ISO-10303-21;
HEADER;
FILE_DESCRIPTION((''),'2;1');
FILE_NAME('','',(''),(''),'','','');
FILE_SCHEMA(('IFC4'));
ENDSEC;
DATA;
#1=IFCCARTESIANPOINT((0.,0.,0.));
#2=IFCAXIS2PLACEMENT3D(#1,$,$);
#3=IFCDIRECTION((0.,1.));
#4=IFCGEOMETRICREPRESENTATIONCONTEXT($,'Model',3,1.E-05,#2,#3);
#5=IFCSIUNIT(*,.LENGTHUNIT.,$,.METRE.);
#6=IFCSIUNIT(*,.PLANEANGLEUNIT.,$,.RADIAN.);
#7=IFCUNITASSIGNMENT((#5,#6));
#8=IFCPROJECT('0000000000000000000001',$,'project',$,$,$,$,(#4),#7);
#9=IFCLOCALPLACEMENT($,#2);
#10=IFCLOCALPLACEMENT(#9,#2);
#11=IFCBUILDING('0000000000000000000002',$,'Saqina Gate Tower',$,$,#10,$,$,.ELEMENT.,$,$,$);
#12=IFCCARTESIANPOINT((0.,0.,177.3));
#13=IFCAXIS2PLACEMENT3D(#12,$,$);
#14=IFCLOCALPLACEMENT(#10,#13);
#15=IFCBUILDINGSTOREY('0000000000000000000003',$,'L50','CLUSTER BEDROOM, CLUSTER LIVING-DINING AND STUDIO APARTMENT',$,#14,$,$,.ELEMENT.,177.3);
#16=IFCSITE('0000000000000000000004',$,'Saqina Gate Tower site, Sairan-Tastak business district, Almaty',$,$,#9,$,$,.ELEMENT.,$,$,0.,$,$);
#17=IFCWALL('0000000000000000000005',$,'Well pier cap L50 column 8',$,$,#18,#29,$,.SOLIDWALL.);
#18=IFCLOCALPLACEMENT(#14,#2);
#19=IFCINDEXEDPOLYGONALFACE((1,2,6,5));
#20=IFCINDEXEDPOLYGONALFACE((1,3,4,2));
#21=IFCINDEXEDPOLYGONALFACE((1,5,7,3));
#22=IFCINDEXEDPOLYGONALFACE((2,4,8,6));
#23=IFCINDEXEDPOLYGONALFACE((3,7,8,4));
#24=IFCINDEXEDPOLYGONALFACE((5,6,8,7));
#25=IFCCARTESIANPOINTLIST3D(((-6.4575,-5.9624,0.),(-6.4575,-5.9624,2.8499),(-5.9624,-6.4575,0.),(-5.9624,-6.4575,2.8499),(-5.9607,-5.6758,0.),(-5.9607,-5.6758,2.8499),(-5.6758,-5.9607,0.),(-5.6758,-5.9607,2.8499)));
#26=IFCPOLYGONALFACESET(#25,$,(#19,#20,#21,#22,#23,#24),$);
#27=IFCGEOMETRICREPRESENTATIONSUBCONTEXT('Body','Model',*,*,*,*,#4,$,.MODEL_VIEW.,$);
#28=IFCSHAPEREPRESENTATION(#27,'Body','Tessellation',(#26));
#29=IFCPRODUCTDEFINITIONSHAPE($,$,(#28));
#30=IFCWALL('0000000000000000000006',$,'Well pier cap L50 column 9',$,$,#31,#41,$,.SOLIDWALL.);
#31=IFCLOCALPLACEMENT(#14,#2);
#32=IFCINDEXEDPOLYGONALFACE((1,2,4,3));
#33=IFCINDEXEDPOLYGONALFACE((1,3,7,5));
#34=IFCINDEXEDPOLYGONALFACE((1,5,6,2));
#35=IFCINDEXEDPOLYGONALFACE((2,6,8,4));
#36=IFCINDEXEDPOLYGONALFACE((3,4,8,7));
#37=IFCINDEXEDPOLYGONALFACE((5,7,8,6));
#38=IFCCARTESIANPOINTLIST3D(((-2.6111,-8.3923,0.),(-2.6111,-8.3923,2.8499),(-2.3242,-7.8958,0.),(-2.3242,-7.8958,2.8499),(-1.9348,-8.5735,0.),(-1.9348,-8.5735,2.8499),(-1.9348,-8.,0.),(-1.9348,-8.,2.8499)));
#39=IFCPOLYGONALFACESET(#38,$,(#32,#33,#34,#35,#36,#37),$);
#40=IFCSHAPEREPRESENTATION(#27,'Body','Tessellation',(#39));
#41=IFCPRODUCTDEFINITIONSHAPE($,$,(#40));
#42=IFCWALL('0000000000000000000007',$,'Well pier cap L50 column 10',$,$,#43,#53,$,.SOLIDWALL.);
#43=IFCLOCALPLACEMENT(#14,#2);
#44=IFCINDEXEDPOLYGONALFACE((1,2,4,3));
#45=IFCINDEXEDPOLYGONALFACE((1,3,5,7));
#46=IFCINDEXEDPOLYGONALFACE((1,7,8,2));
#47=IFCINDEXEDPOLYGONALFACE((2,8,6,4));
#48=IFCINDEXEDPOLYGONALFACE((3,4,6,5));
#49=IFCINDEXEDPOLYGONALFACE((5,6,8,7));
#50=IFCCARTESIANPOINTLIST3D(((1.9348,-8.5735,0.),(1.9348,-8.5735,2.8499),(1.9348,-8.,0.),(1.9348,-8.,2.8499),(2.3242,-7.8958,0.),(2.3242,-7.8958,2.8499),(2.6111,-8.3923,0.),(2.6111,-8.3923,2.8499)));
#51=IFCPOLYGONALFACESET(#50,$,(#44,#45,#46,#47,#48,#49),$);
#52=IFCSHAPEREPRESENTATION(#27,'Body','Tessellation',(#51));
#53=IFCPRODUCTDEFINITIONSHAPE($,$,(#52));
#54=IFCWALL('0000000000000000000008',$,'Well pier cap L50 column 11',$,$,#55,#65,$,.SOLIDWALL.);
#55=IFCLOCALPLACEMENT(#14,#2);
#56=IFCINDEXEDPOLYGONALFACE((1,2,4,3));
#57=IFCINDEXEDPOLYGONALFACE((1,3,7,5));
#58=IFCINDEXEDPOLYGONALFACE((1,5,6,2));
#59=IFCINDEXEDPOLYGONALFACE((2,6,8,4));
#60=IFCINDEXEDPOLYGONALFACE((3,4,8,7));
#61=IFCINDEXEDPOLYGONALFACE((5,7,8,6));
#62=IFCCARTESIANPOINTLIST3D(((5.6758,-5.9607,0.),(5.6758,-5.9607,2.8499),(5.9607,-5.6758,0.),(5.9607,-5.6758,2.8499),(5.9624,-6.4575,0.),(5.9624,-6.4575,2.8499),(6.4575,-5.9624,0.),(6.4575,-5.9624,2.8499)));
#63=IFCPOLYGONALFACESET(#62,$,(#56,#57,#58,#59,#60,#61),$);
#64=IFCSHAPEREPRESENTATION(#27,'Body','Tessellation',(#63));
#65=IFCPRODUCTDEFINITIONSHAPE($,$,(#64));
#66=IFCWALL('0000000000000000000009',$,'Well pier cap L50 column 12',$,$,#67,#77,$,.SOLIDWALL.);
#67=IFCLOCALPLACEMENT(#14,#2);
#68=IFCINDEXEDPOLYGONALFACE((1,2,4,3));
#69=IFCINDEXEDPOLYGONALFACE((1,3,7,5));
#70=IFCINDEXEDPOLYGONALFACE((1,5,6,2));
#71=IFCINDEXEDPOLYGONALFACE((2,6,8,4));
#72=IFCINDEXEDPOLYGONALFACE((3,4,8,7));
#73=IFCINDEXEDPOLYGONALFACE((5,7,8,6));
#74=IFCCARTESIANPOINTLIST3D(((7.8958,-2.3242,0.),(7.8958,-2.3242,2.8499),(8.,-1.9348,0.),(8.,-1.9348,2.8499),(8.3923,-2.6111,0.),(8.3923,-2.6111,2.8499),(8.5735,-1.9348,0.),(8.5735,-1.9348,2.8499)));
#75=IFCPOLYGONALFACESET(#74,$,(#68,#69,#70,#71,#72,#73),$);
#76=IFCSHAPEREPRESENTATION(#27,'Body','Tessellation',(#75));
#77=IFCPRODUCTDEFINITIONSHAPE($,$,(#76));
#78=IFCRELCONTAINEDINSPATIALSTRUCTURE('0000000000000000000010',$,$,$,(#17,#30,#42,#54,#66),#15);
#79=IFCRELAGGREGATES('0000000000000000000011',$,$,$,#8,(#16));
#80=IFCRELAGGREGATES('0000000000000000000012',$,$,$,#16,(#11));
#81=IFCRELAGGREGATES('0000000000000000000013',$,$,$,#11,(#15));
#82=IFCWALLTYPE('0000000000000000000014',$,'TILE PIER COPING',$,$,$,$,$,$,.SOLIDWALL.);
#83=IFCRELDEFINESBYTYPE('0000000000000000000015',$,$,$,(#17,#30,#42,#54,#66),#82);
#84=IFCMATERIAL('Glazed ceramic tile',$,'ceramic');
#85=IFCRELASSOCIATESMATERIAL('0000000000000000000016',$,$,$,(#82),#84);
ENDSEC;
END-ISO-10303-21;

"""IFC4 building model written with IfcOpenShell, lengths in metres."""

from ifc_helpers import new_model, si_unit, direction, frame, origin, place, context, subcontext, project, spatial, polyline, outline, extrude, material, type_object, element, save


model = new_model("IFC4")

# Units and contexts
model_context = context("Model", 3, precision=1e-05, world=origin(), true_north=direction((0.0, 1.0)))
body_context = subcontext(model_context, "Body", "Model", "MODEL_VIEW")
ifc_project = project(units=[si_unit("LENGTHUNIT", "METRE"), si_unit("PLANEANGLEUNIT", "RADIAN")], contexts=[model_context])

# Site, building, storey
site_placement = place(None, origin())
site = spatial("IfcSite", under=ifc_project, at=site_placement, Name="Saqina Gate Tower site, Sairan-Tastak business district, Almaty", CompositionType="ELEMENT", RefElevation=0.0)
building_placement = place(site_placement, origin())
building = spatial("IfcBuilding", under=site, at=building_placement, Name="Saqina Gate Tower", CompositionType="ELEMENT")
storey_placement = place(building_placement, frame((0.0, 0.0, 177.3)))
storey = spatial("IfcBuildingStorey", under=building, at=storey_placement, Name="L50", Description="CLUSTER BEDROOM, CLUSTER LIVING-DINING AND STUDIO APARTMENT", CompositionType="ELEMENT", Elevation=177.3)

# Walls
ifc_material_1 = material(Name="Glazed ceramic tile", Category="ceramic")
wall_type_1 = type_object("IfcWallType", Name="TILE PIER COPING", PredefinedType="SOLIDWALL", material=ifc_material_1)
wall_1_placement = place(storey_placement, origin())
element("IfcWall", 1, at=wall_1_placement, inside=storey, type_object=wall_type_1, Name="Well pier cap L50 column 8", PredefinedType="SOLIDWALL", context=body_context, shape_type="SweptSolid", body=[
    extrude(outline(polyline([(-6.4575, -5.9624), (-5.9624, -6.4575), (-5.6758, -5.9607), (-5.9607, -5.6758), (-6.4575, -5.9624)])), origin(), (0.0, 0.0, 1.0), 2.8499),
])
wall_2_placement = place(storey_placement, origin())
element("IfcWall", 2, at=wall_2_placement, inside=storey, type_object=wall_type_1, Name="Well pier cap L50 column 9", PredefinedType="SOLIDWALL", context=body_context, shape_type="SweptSolid", body=[
    extrude(outline(polyline([(-1.9348, -8.5735), (-1.9348, -8.0), (-2.3242, -7.8958), (-2.6111, -8.3923), (-1.9348, -8.5735)])), origin(), (0.0, 0.0, 1.0), 2.8499),
])
wall_3_placement = place(storey_placement, origin())
element("IfcWall", 3, at=wall_3_placement, inside=storey, type_object=wall_type_1, Name="Well pier cap L50 column 10", PredefinedType="SOLIDWALL", context=body_context, shape_type="SweptSolid", body=[
    extrude(outline(polyline([(2.6111, -8.3923), (2.3242, -7.8958), (1.9348, -8.0), (1.9348, -8.5735), (2.6111, -8.3923)])), origin(), (0.0, 0.0, 1.0), 2.8499),
])
wall_4_placement = place(storey_placement, origin())
element("IfcWall", 4, at=wall_4_placement, inside=storey, type_object=wall_type_1, Name="Well pier cap L50 column 11", PredefinedType="SOLIDWALL", context=body_context, shape_type="SweptSolid", body=[
    extrude(outline(polyline([(5.9624, -6.4575), (6.4575, -5.9624), (5.9607, -5.6758), (5.6758, -5.9607), (5.9624, -6.4575)])), origin(), (0.0, 0.0, 1.0), 2.8499),
])
wall_5_placement = place(storey_placement, origin())
element("IfcWall", 5, at=wall_5_placement, inside=storey, type_object=wall_type_1, Name="Well pier cap L50 column 12", PredefinedType="SOLIDWALL", context=body_context, shape_type="SweptSolid", body=[
    extrude(outline(polyline([(8.5735, -1.9348), (8.0, -1.9348), (7.8958, -2.3242), (8.3923, -2.6111), (8.5735, -1.9348)])), origin(), (0.0, 0.0, 1.0), 2.8499),
])

save(model, "model.ifc")
